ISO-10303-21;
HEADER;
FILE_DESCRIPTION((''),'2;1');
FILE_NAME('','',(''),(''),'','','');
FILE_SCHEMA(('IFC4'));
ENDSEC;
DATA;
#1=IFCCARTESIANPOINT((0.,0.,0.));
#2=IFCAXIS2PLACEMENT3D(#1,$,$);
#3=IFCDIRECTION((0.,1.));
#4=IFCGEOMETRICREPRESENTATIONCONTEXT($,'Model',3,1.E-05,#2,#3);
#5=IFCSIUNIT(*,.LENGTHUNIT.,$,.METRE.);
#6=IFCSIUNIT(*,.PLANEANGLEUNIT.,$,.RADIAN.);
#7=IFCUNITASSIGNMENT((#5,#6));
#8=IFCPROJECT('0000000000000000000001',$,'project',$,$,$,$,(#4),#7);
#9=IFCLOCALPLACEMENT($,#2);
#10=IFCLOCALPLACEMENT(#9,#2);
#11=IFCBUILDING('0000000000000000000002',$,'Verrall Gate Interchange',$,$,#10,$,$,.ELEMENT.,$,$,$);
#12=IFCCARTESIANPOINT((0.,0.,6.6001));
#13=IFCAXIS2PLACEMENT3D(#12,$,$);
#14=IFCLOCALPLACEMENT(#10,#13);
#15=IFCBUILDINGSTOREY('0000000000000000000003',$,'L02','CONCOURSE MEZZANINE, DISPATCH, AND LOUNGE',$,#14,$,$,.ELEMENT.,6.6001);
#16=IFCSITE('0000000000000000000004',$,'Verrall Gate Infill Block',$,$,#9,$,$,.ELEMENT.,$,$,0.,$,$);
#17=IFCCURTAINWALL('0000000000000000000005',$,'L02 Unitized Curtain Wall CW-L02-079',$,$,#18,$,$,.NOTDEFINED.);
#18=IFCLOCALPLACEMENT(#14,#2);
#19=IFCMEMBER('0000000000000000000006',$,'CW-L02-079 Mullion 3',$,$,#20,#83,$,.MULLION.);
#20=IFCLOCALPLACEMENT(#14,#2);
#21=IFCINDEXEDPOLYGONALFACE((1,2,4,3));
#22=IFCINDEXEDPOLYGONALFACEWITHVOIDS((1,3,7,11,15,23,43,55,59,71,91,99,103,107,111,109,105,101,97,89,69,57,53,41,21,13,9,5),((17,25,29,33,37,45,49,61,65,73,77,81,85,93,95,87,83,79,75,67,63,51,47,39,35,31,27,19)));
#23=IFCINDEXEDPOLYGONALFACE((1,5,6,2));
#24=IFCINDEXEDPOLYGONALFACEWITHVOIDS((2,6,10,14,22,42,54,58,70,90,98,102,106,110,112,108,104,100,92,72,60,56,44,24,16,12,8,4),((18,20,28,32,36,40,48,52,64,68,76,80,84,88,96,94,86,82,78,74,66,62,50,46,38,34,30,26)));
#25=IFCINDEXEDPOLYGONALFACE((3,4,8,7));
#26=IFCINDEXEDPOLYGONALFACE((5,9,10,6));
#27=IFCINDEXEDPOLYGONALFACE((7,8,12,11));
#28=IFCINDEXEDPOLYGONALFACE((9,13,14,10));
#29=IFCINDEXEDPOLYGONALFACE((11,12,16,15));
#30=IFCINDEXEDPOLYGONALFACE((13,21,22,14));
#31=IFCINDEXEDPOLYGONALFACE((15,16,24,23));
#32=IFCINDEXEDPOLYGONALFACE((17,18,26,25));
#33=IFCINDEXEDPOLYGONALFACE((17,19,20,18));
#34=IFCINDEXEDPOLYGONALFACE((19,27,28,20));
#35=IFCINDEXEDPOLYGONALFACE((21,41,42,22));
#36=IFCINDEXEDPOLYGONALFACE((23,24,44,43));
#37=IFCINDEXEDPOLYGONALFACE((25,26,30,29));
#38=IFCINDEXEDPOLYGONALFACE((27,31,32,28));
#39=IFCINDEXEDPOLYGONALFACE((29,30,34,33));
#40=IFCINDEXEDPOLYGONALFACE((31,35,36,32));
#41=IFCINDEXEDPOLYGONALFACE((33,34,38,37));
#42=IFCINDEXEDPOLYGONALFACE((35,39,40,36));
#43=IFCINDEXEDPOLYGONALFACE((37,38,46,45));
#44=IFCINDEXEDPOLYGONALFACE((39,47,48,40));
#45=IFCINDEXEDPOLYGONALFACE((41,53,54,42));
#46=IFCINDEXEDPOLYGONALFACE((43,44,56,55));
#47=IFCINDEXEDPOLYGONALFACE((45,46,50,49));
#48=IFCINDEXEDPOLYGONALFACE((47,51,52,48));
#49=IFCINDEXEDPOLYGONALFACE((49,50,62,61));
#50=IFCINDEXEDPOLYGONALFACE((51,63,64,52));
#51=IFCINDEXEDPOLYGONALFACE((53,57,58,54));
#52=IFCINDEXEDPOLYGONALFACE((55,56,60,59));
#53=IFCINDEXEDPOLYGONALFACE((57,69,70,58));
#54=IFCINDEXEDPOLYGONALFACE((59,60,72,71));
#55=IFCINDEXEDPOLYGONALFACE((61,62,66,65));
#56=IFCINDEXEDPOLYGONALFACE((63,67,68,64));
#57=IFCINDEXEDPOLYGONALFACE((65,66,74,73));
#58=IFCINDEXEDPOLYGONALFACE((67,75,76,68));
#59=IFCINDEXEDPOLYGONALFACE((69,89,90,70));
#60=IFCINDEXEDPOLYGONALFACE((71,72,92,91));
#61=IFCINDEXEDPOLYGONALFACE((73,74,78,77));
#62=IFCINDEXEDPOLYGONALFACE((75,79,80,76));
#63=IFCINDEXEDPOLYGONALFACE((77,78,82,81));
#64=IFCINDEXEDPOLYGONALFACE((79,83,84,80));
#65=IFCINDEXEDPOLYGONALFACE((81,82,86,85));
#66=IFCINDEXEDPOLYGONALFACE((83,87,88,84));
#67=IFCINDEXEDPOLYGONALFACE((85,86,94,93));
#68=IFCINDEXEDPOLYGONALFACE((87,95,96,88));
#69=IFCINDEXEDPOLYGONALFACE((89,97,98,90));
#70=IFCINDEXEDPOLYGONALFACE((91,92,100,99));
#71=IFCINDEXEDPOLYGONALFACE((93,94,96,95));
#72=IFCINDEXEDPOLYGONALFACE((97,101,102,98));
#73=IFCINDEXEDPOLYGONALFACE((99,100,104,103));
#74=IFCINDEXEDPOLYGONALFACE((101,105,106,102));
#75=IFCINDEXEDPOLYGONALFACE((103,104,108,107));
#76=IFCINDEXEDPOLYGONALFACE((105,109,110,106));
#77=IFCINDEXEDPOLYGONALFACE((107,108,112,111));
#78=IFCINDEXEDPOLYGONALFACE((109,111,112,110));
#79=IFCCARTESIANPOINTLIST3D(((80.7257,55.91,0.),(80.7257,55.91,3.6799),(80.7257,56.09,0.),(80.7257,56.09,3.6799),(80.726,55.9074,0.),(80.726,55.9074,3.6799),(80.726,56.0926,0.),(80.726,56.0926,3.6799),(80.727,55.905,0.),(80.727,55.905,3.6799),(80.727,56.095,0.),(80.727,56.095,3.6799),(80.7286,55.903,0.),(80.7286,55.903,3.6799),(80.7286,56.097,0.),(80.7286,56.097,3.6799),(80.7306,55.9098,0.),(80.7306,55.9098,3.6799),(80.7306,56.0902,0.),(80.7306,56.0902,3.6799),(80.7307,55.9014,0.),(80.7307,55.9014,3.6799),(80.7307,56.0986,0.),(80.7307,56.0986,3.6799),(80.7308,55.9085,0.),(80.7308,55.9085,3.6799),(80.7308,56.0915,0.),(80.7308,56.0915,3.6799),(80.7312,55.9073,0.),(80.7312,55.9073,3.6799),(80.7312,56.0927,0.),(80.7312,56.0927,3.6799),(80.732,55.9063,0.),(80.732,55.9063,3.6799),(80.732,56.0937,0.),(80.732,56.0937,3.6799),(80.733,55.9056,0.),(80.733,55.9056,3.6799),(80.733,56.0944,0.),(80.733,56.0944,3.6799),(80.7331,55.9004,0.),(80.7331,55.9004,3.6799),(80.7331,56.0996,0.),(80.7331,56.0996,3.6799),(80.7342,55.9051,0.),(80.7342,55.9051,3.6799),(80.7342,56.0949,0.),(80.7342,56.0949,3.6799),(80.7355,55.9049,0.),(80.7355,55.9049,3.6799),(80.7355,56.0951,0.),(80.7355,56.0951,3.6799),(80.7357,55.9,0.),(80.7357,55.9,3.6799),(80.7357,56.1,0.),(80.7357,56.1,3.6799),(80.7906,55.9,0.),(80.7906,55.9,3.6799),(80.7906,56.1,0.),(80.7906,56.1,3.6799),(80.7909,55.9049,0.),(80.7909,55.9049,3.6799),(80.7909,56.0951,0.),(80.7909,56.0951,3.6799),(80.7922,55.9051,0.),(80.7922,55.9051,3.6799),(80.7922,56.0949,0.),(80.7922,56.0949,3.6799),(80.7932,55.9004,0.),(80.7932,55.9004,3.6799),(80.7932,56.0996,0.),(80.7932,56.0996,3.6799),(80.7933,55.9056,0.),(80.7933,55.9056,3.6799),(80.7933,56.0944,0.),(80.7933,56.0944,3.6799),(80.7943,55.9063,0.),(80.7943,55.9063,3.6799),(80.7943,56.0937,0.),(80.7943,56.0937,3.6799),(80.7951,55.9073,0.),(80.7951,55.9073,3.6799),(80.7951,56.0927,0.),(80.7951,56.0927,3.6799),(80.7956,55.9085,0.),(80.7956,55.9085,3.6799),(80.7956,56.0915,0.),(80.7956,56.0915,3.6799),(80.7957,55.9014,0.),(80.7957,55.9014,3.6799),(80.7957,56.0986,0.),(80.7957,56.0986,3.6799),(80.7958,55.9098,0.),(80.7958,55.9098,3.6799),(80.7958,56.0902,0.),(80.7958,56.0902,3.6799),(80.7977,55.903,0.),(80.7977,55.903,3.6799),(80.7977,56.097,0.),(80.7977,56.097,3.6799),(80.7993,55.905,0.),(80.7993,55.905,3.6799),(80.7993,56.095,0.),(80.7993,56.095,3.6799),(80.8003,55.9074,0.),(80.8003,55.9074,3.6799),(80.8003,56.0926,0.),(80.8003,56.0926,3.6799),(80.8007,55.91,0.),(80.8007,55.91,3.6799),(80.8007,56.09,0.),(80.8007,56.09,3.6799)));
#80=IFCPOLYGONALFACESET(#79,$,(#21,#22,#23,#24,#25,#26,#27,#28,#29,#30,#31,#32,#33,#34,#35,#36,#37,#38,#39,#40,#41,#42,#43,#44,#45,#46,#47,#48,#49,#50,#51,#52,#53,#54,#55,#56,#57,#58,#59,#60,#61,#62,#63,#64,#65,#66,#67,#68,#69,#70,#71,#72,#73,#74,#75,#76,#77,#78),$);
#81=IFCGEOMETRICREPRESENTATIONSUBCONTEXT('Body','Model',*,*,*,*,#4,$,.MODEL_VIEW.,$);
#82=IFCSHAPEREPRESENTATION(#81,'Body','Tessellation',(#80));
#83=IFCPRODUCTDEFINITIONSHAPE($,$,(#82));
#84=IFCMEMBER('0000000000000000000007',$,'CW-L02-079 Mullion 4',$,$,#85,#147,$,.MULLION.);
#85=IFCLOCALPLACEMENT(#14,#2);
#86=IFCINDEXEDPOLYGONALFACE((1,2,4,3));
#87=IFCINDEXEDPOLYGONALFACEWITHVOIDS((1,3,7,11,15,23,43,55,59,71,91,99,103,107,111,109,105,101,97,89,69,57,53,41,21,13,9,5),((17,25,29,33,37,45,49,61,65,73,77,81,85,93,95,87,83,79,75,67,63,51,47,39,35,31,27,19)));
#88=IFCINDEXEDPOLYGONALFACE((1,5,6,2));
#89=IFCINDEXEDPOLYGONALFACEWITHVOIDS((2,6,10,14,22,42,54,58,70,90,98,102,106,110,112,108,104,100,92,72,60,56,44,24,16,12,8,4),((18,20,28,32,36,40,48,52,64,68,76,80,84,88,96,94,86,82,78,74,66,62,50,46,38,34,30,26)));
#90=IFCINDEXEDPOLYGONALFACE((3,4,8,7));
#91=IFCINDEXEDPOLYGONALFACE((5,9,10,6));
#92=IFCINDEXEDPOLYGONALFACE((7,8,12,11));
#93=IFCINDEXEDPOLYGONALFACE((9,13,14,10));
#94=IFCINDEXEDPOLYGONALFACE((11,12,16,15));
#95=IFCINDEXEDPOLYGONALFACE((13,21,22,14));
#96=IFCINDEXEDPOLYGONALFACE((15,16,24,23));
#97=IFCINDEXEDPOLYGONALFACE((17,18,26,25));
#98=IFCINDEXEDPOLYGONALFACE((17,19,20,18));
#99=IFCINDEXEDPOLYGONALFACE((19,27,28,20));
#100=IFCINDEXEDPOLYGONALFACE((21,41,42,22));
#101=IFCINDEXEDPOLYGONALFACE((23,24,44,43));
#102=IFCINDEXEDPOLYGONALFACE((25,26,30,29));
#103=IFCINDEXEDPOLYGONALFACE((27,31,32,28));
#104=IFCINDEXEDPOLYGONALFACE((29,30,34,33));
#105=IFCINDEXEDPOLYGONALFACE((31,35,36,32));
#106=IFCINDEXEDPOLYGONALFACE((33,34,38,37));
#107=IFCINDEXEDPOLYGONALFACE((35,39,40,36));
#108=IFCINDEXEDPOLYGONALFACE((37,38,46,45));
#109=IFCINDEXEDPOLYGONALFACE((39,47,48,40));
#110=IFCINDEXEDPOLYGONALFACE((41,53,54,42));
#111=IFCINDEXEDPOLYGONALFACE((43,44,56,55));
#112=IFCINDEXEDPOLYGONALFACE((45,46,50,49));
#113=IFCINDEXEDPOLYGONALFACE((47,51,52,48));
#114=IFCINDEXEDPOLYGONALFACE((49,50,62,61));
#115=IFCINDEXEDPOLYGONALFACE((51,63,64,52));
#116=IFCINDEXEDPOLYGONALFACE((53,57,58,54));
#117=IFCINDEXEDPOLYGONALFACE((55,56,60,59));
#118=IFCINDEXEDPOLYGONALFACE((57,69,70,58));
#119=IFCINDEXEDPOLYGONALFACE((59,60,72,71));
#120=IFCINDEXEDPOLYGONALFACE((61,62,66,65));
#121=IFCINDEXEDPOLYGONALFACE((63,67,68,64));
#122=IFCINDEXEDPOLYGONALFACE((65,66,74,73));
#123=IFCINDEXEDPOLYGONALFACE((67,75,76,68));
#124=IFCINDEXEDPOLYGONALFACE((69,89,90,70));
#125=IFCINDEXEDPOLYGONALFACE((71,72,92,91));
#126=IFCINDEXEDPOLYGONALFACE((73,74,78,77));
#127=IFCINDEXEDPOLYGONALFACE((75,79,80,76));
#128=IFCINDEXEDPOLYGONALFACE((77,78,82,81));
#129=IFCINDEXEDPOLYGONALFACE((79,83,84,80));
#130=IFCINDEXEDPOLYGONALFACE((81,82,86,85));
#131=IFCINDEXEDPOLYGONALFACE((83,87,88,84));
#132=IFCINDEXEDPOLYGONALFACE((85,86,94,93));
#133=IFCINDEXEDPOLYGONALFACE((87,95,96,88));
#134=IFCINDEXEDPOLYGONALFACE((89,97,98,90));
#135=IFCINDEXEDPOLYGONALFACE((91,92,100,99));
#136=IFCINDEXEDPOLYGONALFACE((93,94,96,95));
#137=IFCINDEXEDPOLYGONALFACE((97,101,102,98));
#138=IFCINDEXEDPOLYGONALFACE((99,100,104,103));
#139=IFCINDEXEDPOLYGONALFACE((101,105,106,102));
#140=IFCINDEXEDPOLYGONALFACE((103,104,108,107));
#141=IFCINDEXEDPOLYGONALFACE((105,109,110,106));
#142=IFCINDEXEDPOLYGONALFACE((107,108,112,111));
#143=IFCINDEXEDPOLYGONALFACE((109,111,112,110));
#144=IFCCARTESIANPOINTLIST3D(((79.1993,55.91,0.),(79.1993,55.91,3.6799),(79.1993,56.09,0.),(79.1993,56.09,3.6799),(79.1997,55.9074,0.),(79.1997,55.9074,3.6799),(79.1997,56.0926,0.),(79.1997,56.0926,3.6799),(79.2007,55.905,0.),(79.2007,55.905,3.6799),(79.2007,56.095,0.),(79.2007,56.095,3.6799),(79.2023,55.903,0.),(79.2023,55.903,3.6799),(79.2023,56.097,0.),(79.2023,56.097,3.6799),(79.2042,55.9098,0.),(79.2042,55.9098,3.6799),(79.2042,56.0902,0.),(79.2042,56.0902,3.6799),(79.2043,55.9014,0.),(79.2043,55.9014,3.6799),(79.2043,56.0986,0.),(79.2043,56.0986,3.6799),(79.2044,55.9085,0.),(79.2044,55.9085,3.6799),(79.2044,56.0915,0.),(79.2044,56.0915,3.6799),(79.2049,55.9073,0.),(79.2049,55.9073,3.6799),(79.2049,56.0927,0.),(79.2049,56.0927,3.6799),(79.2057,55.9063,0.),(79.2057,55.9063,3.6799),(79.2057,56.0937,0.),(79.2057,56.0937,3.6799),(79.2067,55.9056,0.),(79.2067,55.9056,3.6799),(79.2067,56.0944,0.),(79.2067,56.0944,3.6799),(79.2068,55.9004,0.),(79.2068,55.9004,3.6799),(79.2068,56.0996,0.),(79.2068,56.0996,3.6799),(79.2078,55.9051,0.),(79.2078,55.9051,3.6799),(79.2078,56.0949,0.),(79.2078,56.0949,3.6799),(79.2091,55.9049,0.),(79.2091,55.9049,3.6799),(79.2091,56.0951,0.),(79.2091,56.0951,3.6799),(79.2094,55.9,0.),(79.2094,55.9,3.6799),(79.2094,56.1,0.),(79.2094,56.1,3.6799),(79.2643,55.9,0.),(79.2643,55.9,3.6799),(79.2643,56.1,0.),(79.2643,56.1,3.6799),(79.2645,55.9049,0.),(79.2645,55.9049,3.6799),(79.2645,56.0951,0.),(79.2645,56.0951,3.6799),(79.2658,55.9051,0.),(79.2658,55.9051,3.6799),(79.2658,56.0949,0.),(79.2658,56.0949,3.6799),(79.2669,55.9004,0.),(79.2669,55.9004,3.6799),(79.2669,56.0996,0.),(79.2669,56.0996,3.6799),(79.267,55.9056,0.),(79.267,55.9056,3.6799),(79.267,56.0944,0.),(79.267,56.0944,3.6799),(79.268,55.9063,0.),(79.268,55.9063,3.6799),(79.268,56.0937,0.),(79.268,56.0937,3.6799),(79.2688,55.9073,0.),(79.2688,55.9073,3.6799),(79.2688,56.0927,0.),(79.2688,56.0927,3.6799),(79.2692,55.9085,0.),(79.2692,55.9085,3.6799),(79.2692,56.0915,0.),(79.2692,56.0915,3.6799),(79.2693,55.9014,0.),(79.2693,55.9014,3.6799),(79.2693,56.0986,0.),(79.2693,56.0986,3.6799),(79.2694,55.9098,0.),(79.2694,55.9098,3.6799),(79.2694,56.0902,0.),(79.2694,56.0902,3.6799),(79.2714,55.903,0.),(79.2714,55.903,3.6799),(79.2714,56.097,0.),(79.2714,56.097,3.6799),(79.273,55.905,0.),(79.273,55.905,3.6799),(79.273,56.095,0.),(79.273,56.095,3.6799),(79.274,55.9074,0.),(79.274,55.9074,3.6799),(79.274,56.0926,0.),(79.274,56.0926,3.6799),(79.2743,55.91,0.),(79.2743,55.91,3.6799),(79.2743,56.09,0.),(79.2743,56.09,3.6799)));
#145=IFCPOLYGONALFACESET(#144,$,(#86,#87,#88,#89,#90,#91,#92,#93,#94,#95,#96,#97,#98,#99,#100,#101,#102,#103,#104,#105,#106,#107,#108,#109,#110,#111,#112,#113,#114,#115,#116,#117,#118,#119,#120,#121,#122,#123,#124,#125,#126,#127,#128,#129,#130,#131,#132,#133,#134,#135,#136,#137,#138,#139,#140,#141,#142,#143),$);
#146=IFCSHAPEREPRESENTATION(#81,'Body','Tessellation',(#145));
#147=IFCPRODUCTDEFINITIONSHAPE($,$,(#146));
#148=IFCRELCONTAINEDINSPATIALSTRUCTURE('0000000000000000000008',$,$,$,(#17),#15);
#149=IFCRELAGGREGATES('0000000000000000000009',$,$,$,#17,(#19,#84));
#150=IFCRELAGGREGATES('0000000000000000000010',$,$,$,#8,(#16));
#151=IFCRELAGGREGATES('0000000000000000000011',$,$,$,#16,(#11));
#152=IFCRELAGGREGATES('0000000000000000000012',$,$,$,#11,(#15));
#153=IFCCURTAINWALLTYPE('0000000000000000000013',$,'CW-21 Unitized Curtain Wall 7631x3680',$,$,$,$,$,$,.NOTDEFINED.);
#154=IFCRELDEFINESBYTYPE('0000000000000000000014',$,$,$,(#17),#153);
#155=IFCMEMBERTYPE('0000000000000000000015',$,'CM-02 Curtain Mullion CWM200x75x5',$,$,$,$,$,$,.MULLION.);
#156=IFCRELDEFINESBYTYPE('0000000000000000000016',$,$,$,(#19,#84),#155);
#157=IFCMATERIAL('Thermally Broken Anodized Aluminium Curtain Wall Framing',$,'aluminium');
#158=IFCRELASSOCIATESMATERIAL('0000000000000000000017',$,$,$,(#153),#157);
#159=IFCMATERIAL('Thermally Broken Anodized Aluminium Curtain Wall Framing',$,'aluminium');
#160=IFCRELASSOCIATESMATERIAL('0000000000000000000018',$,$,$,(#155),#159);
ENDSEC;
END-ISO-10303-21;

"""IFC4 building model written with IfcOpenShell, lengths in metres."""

from ifc_helpers import new_model, si_unit, direction, frame, origin, origin_2d, place, context, subcontext, project, spatial, hollow_rectangle, extrude, material, material_profile, profile_set, type_object, element, aggregate, save


model = new_model("IFC4")

# Units and contexts
model_context = context("Model", 3, precision=1e-05, world=origin(), true_north=direction((0.0, 1.0)))
body_context = subcontext(model_context, "Body", "Model", "MODEL_VIEW")
ifc_project = project(units=[si_unit("LENGTHUNIT", "METRE"), si_unit("PLANEANGLEUNIT", "RADIAN")], contexts=[model_context])

# Site, building, storey
site_placement = place(None, origin())
site = spatial("IfcSite", under=ifc_project, at=site_placement, Name="Verrall Gate Infill Block", CompositionType="ELEMENT", RefElevation=0.0)
building_placement = place(site_placement, origin())
building = spatial("IfcBuilding", under=site, at=building_placement, Name="Verrall Gate Interchange", CompositionType="ELEMENT")
storey_placement = place(building_placement, frame((0.0, 0.0, 6.6001)))
storey = spatial("IfcBuildingStorey", under=building, at=storey_placement, Name="L02", Description="CONCOURSE MEZZANINE, DISPATCH, AND LOUNGE", CompositionType="ELEMENT", Elevation=6.6001)

# Curtain wall, members
ifc_material_1 = material(Name="Thermally Broken Anodized Aluminium Curtain Wall Framing", Category="aluminium")
curtain_wall_type = type_object("IfcCurtainWallType", Name="CW-21 Unitized Curtain Wall 7631x3680", PredefinedType="NOTDEFINED", material=ifc_material_1)
curtain_wall_1_placement = place(storey_placement, origin())
curtain_wall_1 = element("IfcCurtainWall", 1, at=curtain_wall_1_placement, inside=storey, type_object=curtain_wall_type, Name="L02 Unitized Curtain Wall CW-L02-079", PredefinedType="NOTDEFINED")
ifc_material_2 = material(Name="Thermally Broken Anodized Aluminium Curtain Wall Framing", Category="aluminium")
ifc_material_profile_1 = material_profile(ifc_material_2, hollow_rectangle(XDim=0.075, YDim=0.2, WallThickness=0.0049, InnerFilletRadius=0.0049, OuterFilletRadius=0.01, at=origin_2d()), Name="CWM200x75x5")
ifc_profile_set_1 = profile_set([ifc_material_profile_1], Name="Thermally Broken Anodized Aluminium Curtain Wall Framing")
member_type_1 = type_object("IfcMemberType", Name="CM-02 Curtain Mullion CWM200x75x5", PredefinedType="MULLION", material=ifc_profile_set_1)
member_1_placement = place(storey_placement, frame((80.7632, 56.0, 0.0), z_axis=(0.0, 0.0, 1.0), x_axis=(-1.0, 0.0, 0.0)))
member_1 = element("IfcMember", 2, at=member_1_placement, type_object=member_type_1, Name="CW-L02-079 Mullion 3", PredefinedType="MULLION", context=body_context, shape_type="SweptSolid", body=[
    extrude(hollow_rectangle(XDim=0.075, YDim=0.2, WallThickness=0.0049, InnerFilletRadius=0.0049, OuterFilletRadius=0.01, at=origin_2d()), origin(), (0.0, 0.0, 1.0), 3.6799),
])
member_2_placement = place(storey_placement, frame((79.2368, 56.0, 0.0), z_axis=(0.0, 0.0, 1.0), x_axis=(-1.0, 0.0, 0.0)))
member_2 = element("IfcMember", 3, at=member_2_placement, type_object=member_type_1, Name="CW-L02-079 Mullion 4", PredefinedType="MULLION", context=body_context, shape_type="SweptSolid", body=[
    extrude(hollow_rectangle(XDim=0.075, YDim=0.2, WallThickness=0.0049, InnerFilletRadius=0.0049, OuterFilletRadius=0.01, at=origin_2d()), origin(), (0.0, 0.0, 1.0), 3.6799),
])

aggregate(curtain_wall_1, [member_1, member_2])

save(model, "model.ifc")
